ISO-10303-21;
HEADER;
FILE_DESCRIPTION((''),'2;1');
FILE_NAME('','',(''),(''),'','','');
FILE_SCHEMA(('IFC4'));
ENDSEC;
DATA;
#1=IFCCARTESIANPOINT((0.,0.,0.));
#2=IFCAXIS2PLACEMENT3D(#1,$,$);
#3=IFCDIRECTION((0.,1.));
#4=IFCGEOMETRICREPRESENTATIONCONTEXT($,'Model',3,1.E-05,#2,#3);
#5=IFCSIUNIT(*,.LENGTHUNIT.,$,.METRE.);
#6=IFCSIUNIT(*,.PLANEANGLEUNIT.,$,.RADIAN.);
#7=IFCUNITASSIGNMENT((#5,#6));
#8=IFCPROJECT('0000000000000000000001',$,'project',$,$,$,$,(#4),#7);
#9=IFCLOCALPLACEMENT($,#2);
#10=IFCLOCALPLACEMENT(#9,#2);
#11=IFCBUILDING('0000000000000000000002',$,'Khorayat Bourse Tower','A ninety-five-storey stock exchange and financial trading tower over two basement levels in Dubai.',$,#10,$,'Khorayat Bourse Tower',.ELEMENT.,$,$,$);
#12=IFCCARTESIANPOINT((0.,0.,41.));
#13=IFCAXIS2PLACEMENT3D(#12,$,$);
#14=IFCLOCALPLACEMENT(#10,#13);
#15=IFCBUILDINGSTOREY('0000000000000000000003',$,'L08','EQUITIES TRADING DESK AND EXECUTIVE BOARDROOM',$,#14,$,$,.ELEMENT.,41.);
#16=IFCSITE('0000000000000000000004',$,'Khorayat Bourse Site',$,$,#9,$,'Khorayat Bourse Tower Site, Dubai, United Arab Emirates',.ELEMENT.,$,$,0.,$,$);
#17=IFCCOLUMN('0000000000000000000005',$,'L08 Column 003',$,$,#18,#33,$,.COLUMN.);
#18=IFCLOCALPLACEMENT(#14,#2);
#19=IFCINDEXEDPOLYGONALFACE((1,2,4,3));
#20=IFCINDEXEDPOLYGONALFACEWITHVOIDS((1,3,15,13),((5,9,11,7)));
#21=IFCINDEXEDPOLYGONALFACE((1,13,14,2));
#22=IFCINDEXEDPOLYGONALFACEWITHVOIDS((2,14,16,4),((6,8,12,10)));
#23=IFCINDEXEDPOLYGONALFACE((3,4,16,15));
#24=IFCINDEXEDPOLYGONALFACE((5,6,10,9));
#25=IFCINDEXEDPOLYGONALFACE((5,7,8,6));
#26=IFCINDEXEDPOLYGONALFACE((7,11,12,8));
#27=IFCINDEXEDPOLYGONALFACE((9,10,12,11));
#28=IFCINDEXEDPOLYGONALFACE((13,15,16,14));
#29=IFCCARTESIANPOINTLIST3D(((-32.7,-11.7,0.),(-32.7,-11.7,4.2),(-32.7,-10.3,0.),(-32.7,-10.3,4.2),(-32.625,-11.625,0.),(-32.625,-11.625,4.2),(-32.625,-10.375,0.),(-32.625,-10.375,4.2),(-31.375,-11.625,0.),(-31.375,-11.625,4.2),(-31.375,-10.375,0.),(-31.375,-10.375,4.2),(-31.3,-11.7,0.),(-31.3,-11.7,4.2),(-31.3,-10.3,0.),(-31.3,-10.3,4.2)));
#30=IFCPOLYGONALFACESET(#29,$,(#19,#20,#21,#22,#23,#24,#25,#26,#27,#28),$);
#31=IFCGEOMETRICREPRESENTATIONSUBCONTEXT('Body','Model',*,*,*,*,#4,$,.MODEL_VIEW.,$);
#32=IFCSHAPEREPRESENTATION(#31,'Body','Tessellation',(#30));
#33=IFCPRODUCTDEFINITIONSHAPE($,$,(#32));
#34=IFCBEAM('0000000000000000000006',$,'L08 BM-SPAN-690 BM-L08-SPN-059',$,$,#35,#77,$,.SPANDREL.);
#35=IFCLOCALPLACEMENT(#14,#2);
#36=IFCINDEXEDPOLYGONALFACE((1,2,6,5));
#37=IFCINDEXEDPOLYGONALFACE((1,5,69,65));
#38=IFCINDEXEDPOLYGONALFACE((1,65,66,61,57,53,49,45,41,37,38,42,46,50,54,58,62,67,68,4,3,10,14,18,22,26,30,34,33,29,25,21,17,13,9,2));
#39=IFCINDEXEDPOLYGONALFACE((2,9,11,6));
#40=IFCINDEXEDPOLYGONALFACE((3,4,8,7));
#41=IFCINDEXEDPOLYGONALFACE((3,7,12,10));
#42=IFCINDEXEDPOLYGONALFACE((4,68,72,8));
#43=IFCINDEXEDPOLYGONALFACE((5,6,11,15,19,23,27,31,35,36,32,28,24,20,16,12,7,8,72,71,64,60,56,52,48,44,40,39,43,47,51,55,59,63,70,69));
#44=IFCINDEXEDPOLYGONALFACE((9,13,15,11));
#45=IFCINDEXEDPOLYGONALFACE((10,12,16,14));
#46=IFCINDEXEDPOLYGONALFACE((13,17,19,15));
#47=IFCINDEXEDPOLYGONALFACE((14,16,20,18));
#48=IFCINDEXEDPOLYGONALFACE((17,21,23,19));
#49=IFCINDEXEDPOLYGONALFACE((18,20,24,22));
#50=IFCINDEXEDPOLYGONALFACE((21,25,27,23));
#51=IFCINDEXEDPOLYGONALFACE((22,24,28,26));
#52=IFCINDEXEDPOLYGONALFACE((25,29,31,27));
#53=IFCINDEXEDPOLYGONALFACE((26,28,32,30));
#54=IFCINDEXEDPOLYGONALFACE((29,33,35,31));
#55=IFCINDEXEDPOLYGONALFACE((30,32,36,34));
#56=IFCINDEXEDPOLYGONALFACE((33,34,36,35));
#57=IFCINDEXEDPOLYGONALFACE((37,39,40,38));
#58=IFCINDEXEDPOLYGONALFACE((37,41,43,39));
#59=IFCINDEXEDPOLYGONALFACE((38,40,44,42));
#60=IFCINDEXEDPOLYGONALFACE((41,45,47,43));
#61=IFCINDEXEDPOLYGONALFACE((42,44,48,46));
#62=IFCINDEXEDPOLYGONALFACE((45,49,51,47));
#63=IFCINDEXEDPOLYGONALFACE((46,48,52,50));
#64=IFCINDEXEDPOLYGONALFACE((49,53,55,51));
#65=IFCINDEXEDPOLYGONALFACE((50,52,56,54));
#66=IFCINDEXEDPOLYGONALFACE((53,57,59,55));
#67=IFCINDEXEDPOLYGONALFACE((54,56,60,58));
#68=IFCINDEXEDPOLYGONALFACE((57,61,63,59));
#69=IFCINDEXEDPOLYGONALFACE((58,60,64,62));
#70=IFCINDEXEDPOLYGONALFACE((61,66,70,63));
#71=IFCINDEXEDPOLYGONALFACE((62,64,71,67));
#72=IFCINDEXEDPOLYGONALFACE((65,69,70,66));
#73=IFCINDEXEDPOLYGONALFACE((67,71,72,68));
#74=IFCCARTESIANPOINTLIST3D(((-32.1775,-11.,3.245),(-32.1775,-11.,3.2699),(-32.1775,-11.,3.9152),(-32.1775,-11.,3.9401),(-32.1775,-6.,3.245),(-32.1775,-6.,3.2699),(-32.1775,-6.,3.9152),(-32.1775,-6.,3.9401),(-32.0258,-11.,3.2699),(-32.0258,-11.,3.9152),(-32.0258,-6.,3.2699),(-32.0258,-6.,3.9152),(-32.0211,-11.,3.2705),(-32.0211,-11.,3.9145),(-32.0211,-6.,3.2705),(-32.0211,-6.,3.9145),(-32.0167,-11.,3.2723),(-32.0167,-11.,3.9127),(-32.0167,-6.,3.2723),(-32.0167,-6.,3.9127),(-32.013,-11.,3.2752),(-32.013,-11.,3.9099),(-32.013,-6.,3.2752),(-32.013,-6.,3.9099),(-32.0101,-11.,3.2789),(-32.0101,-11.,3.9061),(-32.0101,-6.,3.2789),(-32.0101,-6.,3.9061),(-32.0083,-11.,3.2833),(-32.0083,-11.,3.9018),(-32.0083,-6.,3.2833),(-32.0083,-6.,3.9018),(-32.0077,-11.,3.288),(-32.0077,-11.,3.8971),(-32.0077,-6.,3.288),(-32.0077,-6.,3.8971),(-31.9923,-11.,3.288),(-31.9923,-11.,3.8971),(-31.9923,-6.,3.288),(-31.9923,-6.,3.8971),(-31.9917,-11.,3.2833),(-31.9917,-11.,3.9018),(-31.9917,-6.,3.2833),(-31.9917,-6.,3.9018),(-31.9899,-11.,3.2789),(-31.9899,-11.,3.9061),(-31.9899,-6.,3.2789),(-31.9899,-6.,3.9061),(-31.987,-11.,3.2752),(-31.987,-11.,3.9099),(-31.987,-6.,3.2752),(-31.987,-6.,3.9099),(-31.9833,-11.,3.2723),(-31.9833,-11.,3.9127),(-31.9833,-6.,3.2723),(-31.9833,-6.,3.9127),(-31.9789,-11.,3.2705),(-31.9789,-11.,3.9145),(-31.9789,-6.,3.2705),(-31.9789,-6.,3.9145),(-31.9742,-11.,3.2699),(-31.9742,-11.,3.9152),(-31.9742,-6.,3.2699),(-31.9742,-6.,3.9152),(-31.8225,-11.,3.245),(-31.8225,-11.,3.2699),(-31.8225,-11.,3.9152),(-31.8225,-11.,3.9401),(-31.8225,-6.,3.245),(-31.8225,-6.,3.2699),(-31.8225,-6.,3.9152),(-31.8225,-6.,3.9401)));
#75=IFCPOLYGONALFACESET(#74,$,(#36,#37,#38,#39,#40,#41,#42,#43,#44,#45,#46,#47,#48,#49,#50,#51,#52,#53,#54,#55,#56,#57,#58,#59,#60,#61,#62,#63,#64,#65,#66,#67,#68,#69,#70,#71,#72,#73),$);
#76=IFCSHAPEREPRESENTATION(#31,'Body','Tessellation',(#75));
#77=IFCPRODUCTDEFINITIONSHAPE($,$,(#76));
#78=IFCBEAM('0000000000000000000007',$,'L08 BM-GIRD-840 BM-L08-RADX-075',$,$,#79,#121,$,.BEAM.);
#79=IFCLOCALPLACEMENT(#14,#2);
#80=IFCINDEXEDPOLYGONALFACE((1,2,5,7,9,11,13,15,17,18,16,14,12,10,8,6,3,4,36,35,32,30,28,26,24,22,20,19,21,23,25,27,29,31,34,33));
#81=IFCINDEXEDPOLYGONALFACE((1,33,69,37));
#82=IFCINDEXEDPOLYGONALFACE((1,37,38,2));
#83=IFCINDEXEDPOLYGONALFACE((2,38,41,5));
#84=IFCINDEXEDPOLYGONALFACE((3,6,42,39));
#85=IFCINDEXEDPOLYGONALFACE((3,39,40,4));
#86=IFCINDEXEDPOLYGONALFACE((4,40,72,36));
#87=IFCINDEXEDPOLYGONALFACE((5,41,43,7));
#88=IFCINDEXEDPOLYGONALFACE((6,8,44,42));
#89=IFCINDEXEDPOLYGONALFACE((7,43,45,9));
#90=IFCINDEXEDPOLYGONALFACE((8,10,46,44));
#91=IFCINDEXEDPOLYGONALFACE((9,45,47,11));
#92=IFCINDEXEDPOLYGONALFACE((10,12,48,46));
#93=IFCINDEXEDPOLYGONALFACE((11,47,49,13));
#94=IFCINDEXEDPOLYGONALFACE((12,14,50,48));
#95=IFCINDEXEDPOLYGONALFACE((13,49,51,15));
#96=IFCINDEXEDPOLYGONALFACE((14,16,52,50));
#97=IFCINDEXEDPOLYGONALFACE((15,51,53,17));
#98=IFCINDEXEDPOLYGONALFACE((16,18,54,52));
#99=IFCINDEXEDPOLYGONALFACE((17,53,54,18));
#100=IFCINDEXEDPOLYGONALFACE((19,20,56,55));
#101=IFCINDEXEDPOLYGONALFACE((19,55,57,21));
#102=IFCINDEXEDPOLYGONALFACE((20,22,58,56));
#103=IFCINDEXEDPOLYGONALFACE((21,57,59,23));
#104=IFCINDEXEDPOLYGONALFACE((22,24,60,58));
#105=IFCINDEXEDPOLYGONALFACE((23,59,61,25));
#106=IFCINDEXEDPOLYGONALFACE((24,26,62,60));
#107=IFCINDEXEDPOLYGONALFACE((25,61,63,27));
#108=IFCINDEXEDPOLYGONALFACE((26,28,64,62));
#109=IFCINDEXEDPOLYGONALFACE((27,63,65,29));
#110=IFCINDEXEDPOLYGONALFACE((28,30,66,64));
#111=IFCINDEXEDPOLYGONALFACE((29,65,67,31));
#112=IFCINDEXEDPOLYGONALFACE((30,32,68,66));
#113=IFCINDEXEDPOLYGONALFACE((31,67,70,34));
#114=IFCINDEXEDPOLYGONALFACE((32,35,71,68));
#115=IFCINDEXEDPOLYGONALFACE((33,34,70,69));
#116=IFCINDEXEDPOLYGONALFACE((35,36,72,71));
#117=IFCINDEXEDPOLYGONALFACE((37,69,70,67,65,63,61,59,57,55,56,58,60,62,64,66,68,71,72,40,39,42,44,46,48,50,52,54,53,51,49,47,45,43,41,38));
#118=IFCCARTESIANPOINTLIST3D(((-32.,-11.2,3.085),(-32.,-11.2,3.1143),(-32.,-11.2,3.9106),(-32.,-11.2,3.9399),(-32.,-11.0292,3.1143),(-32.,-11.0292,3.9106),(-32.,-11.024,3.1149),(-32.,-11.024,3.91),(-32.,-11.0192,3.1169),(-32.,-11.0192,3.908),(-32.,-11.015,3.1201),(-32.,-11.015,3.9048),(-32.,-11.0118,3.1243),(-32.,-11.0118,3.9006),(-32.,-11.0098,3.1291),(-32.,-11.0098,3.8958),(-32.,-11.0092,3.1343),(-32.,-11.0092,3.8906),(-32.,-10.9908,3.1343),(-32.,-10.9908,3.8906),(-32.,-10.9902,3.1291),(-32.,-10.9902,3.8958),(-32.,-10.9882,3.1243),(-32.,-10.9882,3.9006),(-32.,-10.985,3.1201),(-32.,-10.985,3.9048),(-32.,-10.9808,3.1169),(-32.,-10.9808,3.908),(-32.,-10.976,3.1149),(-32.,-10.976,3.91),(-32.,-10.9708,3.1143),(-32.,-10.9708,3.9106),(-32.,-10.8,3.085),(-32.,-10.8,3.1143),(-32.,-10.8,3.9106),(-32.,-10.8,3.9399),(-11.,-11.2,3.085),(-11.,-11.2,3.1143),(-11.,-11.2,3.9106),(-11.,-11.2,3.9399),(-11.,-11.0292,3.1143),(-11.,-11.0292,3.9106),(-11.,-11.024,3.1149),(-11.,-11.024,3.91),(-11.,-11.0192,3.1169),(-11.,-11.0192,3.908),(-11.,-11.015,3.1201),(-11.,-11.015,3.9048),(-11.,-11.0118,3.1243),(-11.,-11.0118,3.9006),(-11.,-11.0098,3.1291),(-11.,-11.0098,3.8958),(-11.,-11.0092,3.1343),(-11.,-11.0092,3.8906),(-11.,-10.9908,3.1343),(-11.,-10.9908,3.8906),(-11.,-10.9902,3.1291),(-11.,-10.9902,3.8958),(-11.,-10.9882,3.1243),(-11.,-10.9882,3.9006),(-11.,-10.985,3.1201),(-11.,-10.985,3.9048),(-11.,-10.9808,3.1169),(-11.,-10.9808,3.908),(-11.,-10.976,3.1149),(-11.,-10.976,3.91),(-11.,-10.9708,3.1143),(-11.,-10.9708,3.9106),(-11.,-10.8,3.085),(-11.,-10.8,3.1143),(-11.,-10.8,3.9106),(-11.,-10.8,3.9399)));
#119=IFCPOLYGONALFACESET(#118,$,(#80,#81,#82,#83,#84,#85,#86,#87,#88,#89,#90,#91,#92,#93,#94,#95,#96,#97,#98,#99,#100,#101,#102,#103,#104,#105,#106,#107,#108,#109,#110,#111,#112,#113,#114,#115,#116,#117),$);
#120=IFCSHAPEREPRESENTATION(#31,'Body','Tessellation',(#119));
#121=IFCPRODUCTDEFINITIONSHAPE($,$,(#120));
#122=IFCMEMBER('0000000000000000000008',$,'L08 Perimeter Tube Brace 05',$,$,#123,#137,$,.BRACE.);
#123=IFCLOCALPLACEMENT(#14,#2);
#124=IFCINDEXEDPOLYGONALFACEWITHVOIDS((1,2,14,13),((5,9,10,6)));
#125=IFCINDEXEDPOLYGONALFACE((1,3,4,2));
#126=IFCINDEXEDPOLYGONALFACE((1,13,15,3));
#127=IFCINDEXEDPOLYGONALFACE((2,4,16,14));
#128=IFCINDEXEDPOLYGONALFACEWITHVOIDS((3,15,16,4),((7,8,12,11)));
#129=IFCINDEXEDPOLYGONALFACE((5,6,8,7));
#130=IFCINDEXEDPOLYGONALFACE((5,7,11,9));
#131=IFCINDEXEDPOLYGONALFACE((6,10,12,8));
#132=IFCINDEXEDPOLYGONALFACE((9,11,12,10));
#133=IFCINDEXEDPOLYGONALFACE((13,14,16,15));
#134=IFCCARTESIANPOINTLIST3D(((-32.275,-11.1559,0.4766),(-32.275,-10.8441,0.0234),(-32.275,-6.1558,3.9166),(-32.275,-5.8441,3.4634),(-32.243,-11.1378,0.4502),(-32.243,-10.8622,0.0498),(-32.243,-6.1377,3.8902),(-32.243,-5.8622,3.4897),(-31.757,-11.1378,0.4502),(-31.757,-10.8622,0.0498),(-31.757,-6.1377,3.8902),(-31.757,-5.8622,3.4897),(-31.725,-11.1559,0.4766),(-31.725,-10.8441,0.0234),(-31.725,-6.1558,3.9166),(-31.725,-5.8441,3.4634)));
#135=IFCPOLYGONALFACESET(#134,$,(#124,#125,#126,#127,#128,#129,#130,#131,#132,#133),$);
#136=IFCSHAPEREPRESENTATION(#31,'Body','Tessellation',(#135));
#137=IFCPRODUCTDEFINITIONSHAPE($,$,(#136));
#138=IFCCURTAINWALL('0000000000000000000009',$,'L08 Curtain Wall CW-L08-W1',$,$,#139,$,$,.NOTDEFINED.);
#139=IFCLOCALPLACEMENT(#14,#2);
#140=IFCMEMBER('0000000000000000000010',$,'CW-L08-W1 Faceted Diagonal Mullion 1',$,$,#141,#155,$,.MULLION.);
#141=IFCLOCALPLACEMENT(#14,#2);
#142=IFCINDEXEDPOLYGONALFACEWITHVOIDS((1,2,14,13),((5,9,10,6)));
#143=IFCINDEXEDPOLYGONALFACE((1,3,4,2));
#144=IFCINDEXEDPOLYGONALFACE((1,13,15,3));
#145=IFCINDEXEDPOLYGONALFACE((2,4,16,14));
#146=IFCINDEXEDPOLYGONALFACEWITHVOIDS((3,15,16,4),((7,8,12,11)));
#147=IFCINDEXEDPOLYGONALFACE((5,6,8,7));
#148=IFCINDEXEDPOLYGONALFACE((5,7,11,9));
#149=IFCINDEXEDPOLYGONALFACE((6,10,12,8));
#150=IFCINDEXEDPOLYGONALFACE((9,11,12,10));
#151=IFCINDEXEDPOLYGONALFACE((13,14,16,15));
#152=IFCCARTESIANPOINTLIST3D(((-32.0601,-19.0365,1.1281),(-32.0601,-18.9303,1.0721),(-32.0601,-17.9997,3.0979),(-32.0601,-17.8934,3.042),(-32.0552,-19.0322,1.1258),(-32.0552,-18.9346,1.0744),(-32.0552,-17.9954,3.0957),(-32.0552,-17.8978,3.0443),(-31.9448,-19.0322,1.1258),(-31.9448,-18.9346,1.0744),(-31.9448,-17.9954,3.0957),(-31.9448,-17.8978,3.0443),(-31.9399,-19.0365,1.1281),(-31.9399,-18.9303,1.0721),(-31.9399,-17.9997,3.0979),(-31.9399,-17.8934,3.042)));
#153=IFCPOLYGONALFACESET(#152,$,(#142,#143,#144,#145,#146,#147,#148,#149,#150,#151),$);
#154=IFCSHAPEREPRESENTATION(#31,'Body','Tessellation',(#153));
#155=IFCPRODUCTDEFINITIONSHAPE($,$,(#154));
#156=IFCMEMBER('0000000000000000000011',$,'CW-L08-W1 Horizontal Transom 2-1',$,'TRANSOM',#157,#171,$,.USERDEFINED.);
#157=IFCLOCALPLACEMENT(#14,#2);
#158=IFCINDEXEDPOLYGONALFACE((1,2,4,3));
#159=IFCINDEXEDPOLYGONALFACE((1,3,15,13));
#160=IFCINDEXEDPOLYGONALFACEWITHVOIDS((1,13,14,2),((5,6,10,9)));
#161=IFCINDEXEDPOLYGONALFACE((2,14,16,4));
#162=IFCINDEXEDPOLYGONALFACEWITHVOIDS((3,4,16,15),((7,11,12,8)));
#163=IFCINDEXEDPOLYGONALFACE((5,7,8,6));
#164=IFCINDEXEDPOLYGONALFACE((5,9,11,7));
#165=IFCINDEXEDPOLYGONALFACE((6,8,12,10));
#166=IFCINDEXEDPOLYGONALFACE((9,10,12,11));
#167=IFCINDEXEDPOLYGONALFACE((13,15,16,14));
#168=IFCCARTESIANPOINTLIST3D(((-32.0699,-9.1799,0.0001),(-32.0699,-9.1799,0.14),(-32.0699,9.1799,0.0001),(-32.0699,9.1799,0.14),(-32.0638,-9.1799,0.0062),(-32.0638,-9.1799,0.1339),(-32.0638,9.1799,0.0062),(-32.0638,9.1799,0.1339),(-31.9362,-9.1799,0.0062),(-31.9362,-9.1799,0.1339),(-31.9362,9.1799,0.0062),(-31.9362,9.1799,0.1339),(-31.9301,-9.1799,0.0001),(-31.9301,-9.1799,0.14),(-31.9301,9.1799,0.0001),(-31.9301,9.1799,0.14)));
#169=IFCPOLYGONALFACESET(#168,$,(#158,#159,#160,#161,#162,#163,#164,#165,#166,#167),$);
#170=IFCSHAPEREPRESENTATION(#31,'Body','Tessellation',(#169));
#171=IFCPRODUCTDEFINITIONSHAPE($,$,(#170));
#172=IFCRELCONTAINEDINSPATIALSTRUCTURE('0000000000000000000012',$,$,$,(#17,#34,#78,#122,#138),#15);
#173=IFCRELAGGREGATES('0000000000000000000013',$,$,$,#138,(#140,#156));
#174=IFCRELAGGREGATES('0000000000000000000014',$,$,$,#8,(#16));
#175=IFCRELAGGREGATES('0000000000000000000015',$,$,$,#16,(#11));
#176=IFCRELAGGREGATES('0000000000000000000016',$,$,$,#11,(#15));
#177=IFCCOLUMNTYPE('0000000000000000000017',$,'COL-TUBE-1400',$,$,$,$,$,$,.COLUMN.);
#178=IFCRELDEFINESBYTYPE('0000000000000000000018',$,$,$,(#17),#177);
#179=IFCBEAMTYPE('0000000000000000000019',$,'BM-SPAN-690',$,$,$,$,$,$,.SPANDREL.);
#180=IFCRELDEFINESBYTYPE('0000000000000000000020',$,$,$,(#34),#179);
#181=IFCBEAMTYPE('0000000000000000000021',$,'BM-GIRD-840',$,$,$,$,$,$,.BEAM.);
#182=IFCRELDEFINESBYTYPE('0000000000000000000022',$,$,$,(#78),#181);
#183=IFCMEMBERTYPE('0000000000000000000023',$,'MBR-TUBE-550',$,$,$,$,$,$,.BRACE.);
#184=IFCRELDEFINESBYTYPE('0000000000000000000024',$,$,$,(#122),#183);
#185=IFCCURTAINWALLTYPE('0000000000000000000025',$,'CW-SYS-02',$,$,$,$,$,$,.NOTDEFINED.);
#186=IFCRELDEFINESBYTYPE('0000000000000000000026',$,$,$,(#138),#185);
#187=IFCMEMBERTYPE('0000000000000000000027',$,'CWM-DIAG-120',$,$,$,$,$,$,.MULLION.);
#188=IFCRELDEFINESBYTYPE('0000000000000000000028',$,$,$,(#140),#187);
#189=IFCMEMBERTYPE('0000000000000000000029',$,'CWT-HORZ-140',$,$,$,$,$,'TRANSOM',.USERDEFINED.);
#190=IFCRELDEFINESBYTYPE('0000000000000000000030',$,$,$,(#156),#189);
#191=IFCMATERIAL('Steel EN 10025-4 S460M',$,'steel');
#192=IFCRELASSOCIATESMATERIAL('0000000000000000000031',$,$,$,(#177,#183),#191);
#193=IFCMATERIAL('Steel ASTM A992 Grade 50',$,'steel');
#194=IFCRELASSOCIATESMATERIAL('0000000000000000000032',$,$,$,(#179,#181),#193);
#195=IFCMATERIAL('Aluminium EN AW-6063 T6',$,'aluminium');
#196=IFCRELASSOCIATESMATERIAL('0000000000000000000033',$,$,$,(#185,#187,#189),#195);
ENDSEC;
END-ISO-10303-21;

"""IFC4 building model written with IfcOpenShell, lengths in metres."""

from ifc_helpers import new_model, si_unit, direction, frame, origin, origin_2d, place, context, subcontext, project, spatial, hollow_rectangle, i_section, extrude, source, transform, mapped, material, material_profile, profile_set, type_object, element, aggregate, save


model = new_model("IFC4")

# Units and contexts
model_context = context("Model", 3, precision=1e-05, world=origin(), true_north=direction((0.0, 1.0)))
body_context = subcontext(model_context, "Body", "Model", "MODEL_VIEW")
ifc_project = project(units=[si_unit("LENGTHUNIT", "METRE"), si_unit("PLANEANGLEUNIT", "RADIAN")], contexts=[model_context])

# Site, building, storey
site_placement = place(None, origin())
site = spatial("IfcSite", under=ifc_project, at=site_placement, Name="Khorayat Bourse Site", LongName="Khorayat Bourse Tower Site, Dubai, United Arab Emirates", CompositionType="ELEMENT", RefElevation=0.0)
building_placement = place(site_placement, origin())
building = spatial("IfcBuilding", under=site, at=building_placement, Name="Khorayat Bourse Tower", Description="A ninety-five-storey stock exchange and financial trading tower over two basement levels in Dubai.", LongName="Khorayat Bourse Tower", CompositionType="ELEMENT")
storey_placement = place(building_placement, frame((0.0, 0.0, 41.0)))
storey = spatial("IfcBuildingStorey", under=building, at=storey_placement, Name="L08", Description="EQUITIES TRADING DESK AND EXECUTIVE BOARDROOM", CompositionType="ELEMENT", Elevation=41.0)

# Column
ifc_material_1 = material(Name="Steel EN 10025-4 S460M", Category="steel")
ifc_material_profile_1 = material_profile(ifc_material_1, hollow_rectangle(XDim=1.3999, YDim=1.3999, WallThickness=0.075, at=origin_2d()), Name="BOX 1400x1400x75")
ifc_profile_set_1 = profile_set([ifc_material_profile_1], Name="Steel EN 10025-4 S460M")
column_type = type_object("IfcColumnType", Name="COL-TUBE-1400", PredefinedType="COLUMN", material=ifc_profile_set_1)
shared_shape_1 = source(origin(), body_context, "Body", "SweptSolid", [
    extrude(hollow_rectangle(XDim=1.3999, YDim=1.3999, WallThickness=0.075, at=origin_2d()), origin(), (0.0, 0.0, 1.0), 4.2),
])
column_placement = place(storey_placement, frame((-32.0, -11.0, 0.0), z_axis=(0.0, 0.0, 1.0), x_axis=(1.0, 0.0, 0.0)))
element("IfcColumn", 1, at=column_placement, inside=storey, type_object=column_type, Name="L08 Column 003", PredefinedType="COLUMN", context=body_context, shape_type="MappedRepresentation", body=[
    mapped(shared_shape_1, transform((0.0, 0.0, 0.0), scale=1.0)),
])

# Beams
ifc_material_2 = material(Name="Steel ASTM A992 Grade 50", Category="steel")
ifc_material_profile_2 = material_profile(ifc_material_2, i_section(OverallWidth=0.355, OverallDepth=0.6951, WebThickness=0.0154, FlangeThickness=0.0249, FilletRadius=0.0181, at=origin_2d()), Name="W690X217")
ifc_profile_set_2 = profile_set([ifc_material_profile_2], Name="Steel ASTM A992 Grade 50")
beam_type_1 = type_object("IfcBeamType", Name="BM-SPAN-690", PredefinedType="SPANDREL", material=ifc_profile_set_2)
shared_shape_2 = source(origin(), body_context, "Body", "SweptSolid", [
    extrude(i_section(OverallWidth=0.355, OverallDepth=0.6951, WebThickness=0.0154, FlangeThickness=0.0249, FilletRadius=0.0181, at=origin_2d()), origin(), (0.0, 0.0, 1.0), 5.0),
])
beam_1_placement = place(storey_placement, frame((-32.0, -11.0, 3.5925), z_axis=(0.0, 1.0, 0.0), x_axis=(-1.0, 0.0, 0.0)))
element("IfcBeam", 2, at=beam_1_placement, inside=storey, type_object=beam_type_1, Name="L08 BM-SPAN-690 BM-L08-SPN-059", PredefinedType="SPANDREL", context=body_context, shape_type="MappedRepresentation", body=[
    mapped(shared_shape_2, transform((0.0, 0.0, 0.0), scale=1.0)),
])
ifc_material_profile_3 = material_profile(ifc_material_2, i_section(OverallWidth=0.3999, OverallDepth=0.855, WebThickness=0.0183, FlangeThickness=0.0293, FilletRadius=0.02, at=origin_2d()), Name="W840X299")
ifc_profile_set_3 = profile_set([ifc_material_profile_3], Name="Steel ASTM A992 Grade 50")
beam_type_2 = type_object("IfcBeamType", Name="BM-GIRD-840", PredefinedType="BEAM", material=ifc_profile_set_3)
shared_shape_3 = source(origin(), body_context, "Body", "SweptSolid", [
    extrude(i_section(OverallWidth=0.3999, OverallDepth=0.855, WebThickness=0.0183, FlangeThickness=0.0293, FilletRadius=0.02, at=origin_2d()), origin(), (0.0, 0.0, 1.0), 21.0),
])
beam_2_placement = place(storey_placement, frame((-32.0, -11.0, 3.5125), z_axis=(1.0, 0.0, 0.0), x_axis=(0.0, 1.0, 0.0)))
element("IfcBeam", 3, at=beam_2_placement, inside=storey, type_object=beam_type_2, Name="L08 BM-GIRD-840 BM-L08-RADX-075", PredefinedType="BEAM", context=body_context, shape_type="MappedRepresentation", body=[
    mapped(shared_shape_3, transform((0.0, 0.0, 0.0), scale=1.0)),
])

# Member
ifc_material_profile_4 = material_profile(ifc_material_1, hollow_rectangle(XDim=0.55, YDim=0.55, WallThickness=0.032, at=origin_2d()), Name="HSS 550x550x32")
ifc_profile_set_4 = profile_set([ifc_material_profile_4], Name="Steel EN 10025-4 S460M")
member_type_1 = type_object("IfcMemberType", Name="MBR-TUBE-550", PredefinedType="BRACE", material=ifc_profile_set_4)
shared_shape_4 = source(origin(), body_context, "Body", "SweptSolid", [
    extrude(hollow_rectangle(XDim=0.55, YDim=0.55, WallThickness=0.032, at=origin_2d()), origin(), (0.0, 0.0, 1.0), 6.0691),
])
member_1_placement = place(storey_placement, frame((-32.0, -11.0, 0.25), z_axis=(0.0, 0.823854, 0.566802), x_axis=(-1.0, 0.0, 0.0)))
element("IfcMember", 4, at=member_1_placement, inside=storey, type_object=member_type_1, Name="L08 Perimeter Tube Brace 05", PredefinedType="BRACE", context=body_context, shape_type="MappedRepresentation", body=[
    mapped(shared_shape_4, transform((0.0, 0.0, 0.0), scale=1.0)),
])

# Curtain wall, members
ifc_material_3 = material(Name="Aluminium EN AW-6063 T6", Category="aluminium")
curtain_wall_type = type_object("IfcCurtainWallType", Name="CW-SYS-02", PredefinedType="NOTDEFINED", material=ifc_material_3)
curtain_wall_placement = place(storey_placement, origin())
curtain_wall = element("IfcCurtainWall", 5, at=curtain_wall_placement, inside=storey, type_object=curtain_wall_type, Name="L08 Curtain Wall CW-L08-W1", PredefinedType="NOTDEFINED")
ifc_material_profile_5 = material_profile(ifc_material_3, hollow_rectangle(XDim=0.1201, YDim=0.1201, WallThickness=0.0049, at=origin_2d()), Name="ALU 120x120x5")
ifc_profile_set_5 = profile_set([ifc_material_profile_5], Name="Aluminium EN AW-6063 T6")
member_type_2 = type_object("IfcMemberType", Name="CWM-DIAG-120", PredefinedType="MULLION", material=ifc_profile_set_5)
shared_shape_5 = source(origin(), body_context, "Body", "SweptSolid", [
    extrude(hollow_rectangle(XDim=0.1201, YDim=0.1201, WallThickness=0.0049, at=origin_2d()), origin(), (0.0, 0.0, 1.0), 2.2261),
])
member_2_placement = place(storey_placement, frame((-32.0, -18.9834, 1.1001), z_axis=(0.0, 0.46576, 0.884911), x_axis=(-1.0, 0.0, 0.0)))
member_2 = element("IfcMember", 6, at=member_2_placement, type_object=member_type_2, Name="CW-L08-W1 Faceted Diagonal Mullion 1", PredefinedType="MULLION", context=body_context, shape_type="MappedRepresentation", body=[
    mapped(shared_shape_5, transform((0.0, 0.0, 0.0), scale=1.0)),
])
ifc_material_profile_6 = material_profile(ifc_material_3, hollow_rectangle(XDim=0.1399, YDim=0.1399, WallThickness=0.0061, at=origin_2d()), Name="ALU 140x140x6")
ifc_profile_set_6 = profile_set([ifc_material_profile_6], Name="Aluminium EN AW-6063 T6")
member_type_3 = type_object("IfcMemberType", Name="CWT-HORZ-140", ElementType="TRANSOM", PredefinedType="USERDEFINED", material=ifc_profile_set_6)
shared_shape_6 = source(origin(), body_context, "Body", "SweptSolid", [
    extrude(hollow_rectangle(XDim=0.1399, YDim=0.1399, WallThickness=0.0061, at=origin_2d()), origin(), (0.0, 0.0, 1.0), 18.3599),
])
member_3_placement = place(storey_placement, frame((-32.0, -9.1799, 0.0701), z_axis=(0.0, 1.0, 0.0), x_axis=(-1.0, 0.0, 0.0)))
member_3 = element("IfcMember", 7, at=member_3_placement, type_object=member_type_3, Name="CW-L08-W1 Horizontal Transom 2-1", ObjectType="TRANSOM", PredefinedType="USERDEFINED", context=body_context, shape_type="MappedRepresentation", body=[
    mapped(shared_shape_6, transform((0.0, 0.0, 0.0), scale=1.0)),
])

aggregate(curtain_wall, [member_2, member_3])

save(model, "model.ifc")
